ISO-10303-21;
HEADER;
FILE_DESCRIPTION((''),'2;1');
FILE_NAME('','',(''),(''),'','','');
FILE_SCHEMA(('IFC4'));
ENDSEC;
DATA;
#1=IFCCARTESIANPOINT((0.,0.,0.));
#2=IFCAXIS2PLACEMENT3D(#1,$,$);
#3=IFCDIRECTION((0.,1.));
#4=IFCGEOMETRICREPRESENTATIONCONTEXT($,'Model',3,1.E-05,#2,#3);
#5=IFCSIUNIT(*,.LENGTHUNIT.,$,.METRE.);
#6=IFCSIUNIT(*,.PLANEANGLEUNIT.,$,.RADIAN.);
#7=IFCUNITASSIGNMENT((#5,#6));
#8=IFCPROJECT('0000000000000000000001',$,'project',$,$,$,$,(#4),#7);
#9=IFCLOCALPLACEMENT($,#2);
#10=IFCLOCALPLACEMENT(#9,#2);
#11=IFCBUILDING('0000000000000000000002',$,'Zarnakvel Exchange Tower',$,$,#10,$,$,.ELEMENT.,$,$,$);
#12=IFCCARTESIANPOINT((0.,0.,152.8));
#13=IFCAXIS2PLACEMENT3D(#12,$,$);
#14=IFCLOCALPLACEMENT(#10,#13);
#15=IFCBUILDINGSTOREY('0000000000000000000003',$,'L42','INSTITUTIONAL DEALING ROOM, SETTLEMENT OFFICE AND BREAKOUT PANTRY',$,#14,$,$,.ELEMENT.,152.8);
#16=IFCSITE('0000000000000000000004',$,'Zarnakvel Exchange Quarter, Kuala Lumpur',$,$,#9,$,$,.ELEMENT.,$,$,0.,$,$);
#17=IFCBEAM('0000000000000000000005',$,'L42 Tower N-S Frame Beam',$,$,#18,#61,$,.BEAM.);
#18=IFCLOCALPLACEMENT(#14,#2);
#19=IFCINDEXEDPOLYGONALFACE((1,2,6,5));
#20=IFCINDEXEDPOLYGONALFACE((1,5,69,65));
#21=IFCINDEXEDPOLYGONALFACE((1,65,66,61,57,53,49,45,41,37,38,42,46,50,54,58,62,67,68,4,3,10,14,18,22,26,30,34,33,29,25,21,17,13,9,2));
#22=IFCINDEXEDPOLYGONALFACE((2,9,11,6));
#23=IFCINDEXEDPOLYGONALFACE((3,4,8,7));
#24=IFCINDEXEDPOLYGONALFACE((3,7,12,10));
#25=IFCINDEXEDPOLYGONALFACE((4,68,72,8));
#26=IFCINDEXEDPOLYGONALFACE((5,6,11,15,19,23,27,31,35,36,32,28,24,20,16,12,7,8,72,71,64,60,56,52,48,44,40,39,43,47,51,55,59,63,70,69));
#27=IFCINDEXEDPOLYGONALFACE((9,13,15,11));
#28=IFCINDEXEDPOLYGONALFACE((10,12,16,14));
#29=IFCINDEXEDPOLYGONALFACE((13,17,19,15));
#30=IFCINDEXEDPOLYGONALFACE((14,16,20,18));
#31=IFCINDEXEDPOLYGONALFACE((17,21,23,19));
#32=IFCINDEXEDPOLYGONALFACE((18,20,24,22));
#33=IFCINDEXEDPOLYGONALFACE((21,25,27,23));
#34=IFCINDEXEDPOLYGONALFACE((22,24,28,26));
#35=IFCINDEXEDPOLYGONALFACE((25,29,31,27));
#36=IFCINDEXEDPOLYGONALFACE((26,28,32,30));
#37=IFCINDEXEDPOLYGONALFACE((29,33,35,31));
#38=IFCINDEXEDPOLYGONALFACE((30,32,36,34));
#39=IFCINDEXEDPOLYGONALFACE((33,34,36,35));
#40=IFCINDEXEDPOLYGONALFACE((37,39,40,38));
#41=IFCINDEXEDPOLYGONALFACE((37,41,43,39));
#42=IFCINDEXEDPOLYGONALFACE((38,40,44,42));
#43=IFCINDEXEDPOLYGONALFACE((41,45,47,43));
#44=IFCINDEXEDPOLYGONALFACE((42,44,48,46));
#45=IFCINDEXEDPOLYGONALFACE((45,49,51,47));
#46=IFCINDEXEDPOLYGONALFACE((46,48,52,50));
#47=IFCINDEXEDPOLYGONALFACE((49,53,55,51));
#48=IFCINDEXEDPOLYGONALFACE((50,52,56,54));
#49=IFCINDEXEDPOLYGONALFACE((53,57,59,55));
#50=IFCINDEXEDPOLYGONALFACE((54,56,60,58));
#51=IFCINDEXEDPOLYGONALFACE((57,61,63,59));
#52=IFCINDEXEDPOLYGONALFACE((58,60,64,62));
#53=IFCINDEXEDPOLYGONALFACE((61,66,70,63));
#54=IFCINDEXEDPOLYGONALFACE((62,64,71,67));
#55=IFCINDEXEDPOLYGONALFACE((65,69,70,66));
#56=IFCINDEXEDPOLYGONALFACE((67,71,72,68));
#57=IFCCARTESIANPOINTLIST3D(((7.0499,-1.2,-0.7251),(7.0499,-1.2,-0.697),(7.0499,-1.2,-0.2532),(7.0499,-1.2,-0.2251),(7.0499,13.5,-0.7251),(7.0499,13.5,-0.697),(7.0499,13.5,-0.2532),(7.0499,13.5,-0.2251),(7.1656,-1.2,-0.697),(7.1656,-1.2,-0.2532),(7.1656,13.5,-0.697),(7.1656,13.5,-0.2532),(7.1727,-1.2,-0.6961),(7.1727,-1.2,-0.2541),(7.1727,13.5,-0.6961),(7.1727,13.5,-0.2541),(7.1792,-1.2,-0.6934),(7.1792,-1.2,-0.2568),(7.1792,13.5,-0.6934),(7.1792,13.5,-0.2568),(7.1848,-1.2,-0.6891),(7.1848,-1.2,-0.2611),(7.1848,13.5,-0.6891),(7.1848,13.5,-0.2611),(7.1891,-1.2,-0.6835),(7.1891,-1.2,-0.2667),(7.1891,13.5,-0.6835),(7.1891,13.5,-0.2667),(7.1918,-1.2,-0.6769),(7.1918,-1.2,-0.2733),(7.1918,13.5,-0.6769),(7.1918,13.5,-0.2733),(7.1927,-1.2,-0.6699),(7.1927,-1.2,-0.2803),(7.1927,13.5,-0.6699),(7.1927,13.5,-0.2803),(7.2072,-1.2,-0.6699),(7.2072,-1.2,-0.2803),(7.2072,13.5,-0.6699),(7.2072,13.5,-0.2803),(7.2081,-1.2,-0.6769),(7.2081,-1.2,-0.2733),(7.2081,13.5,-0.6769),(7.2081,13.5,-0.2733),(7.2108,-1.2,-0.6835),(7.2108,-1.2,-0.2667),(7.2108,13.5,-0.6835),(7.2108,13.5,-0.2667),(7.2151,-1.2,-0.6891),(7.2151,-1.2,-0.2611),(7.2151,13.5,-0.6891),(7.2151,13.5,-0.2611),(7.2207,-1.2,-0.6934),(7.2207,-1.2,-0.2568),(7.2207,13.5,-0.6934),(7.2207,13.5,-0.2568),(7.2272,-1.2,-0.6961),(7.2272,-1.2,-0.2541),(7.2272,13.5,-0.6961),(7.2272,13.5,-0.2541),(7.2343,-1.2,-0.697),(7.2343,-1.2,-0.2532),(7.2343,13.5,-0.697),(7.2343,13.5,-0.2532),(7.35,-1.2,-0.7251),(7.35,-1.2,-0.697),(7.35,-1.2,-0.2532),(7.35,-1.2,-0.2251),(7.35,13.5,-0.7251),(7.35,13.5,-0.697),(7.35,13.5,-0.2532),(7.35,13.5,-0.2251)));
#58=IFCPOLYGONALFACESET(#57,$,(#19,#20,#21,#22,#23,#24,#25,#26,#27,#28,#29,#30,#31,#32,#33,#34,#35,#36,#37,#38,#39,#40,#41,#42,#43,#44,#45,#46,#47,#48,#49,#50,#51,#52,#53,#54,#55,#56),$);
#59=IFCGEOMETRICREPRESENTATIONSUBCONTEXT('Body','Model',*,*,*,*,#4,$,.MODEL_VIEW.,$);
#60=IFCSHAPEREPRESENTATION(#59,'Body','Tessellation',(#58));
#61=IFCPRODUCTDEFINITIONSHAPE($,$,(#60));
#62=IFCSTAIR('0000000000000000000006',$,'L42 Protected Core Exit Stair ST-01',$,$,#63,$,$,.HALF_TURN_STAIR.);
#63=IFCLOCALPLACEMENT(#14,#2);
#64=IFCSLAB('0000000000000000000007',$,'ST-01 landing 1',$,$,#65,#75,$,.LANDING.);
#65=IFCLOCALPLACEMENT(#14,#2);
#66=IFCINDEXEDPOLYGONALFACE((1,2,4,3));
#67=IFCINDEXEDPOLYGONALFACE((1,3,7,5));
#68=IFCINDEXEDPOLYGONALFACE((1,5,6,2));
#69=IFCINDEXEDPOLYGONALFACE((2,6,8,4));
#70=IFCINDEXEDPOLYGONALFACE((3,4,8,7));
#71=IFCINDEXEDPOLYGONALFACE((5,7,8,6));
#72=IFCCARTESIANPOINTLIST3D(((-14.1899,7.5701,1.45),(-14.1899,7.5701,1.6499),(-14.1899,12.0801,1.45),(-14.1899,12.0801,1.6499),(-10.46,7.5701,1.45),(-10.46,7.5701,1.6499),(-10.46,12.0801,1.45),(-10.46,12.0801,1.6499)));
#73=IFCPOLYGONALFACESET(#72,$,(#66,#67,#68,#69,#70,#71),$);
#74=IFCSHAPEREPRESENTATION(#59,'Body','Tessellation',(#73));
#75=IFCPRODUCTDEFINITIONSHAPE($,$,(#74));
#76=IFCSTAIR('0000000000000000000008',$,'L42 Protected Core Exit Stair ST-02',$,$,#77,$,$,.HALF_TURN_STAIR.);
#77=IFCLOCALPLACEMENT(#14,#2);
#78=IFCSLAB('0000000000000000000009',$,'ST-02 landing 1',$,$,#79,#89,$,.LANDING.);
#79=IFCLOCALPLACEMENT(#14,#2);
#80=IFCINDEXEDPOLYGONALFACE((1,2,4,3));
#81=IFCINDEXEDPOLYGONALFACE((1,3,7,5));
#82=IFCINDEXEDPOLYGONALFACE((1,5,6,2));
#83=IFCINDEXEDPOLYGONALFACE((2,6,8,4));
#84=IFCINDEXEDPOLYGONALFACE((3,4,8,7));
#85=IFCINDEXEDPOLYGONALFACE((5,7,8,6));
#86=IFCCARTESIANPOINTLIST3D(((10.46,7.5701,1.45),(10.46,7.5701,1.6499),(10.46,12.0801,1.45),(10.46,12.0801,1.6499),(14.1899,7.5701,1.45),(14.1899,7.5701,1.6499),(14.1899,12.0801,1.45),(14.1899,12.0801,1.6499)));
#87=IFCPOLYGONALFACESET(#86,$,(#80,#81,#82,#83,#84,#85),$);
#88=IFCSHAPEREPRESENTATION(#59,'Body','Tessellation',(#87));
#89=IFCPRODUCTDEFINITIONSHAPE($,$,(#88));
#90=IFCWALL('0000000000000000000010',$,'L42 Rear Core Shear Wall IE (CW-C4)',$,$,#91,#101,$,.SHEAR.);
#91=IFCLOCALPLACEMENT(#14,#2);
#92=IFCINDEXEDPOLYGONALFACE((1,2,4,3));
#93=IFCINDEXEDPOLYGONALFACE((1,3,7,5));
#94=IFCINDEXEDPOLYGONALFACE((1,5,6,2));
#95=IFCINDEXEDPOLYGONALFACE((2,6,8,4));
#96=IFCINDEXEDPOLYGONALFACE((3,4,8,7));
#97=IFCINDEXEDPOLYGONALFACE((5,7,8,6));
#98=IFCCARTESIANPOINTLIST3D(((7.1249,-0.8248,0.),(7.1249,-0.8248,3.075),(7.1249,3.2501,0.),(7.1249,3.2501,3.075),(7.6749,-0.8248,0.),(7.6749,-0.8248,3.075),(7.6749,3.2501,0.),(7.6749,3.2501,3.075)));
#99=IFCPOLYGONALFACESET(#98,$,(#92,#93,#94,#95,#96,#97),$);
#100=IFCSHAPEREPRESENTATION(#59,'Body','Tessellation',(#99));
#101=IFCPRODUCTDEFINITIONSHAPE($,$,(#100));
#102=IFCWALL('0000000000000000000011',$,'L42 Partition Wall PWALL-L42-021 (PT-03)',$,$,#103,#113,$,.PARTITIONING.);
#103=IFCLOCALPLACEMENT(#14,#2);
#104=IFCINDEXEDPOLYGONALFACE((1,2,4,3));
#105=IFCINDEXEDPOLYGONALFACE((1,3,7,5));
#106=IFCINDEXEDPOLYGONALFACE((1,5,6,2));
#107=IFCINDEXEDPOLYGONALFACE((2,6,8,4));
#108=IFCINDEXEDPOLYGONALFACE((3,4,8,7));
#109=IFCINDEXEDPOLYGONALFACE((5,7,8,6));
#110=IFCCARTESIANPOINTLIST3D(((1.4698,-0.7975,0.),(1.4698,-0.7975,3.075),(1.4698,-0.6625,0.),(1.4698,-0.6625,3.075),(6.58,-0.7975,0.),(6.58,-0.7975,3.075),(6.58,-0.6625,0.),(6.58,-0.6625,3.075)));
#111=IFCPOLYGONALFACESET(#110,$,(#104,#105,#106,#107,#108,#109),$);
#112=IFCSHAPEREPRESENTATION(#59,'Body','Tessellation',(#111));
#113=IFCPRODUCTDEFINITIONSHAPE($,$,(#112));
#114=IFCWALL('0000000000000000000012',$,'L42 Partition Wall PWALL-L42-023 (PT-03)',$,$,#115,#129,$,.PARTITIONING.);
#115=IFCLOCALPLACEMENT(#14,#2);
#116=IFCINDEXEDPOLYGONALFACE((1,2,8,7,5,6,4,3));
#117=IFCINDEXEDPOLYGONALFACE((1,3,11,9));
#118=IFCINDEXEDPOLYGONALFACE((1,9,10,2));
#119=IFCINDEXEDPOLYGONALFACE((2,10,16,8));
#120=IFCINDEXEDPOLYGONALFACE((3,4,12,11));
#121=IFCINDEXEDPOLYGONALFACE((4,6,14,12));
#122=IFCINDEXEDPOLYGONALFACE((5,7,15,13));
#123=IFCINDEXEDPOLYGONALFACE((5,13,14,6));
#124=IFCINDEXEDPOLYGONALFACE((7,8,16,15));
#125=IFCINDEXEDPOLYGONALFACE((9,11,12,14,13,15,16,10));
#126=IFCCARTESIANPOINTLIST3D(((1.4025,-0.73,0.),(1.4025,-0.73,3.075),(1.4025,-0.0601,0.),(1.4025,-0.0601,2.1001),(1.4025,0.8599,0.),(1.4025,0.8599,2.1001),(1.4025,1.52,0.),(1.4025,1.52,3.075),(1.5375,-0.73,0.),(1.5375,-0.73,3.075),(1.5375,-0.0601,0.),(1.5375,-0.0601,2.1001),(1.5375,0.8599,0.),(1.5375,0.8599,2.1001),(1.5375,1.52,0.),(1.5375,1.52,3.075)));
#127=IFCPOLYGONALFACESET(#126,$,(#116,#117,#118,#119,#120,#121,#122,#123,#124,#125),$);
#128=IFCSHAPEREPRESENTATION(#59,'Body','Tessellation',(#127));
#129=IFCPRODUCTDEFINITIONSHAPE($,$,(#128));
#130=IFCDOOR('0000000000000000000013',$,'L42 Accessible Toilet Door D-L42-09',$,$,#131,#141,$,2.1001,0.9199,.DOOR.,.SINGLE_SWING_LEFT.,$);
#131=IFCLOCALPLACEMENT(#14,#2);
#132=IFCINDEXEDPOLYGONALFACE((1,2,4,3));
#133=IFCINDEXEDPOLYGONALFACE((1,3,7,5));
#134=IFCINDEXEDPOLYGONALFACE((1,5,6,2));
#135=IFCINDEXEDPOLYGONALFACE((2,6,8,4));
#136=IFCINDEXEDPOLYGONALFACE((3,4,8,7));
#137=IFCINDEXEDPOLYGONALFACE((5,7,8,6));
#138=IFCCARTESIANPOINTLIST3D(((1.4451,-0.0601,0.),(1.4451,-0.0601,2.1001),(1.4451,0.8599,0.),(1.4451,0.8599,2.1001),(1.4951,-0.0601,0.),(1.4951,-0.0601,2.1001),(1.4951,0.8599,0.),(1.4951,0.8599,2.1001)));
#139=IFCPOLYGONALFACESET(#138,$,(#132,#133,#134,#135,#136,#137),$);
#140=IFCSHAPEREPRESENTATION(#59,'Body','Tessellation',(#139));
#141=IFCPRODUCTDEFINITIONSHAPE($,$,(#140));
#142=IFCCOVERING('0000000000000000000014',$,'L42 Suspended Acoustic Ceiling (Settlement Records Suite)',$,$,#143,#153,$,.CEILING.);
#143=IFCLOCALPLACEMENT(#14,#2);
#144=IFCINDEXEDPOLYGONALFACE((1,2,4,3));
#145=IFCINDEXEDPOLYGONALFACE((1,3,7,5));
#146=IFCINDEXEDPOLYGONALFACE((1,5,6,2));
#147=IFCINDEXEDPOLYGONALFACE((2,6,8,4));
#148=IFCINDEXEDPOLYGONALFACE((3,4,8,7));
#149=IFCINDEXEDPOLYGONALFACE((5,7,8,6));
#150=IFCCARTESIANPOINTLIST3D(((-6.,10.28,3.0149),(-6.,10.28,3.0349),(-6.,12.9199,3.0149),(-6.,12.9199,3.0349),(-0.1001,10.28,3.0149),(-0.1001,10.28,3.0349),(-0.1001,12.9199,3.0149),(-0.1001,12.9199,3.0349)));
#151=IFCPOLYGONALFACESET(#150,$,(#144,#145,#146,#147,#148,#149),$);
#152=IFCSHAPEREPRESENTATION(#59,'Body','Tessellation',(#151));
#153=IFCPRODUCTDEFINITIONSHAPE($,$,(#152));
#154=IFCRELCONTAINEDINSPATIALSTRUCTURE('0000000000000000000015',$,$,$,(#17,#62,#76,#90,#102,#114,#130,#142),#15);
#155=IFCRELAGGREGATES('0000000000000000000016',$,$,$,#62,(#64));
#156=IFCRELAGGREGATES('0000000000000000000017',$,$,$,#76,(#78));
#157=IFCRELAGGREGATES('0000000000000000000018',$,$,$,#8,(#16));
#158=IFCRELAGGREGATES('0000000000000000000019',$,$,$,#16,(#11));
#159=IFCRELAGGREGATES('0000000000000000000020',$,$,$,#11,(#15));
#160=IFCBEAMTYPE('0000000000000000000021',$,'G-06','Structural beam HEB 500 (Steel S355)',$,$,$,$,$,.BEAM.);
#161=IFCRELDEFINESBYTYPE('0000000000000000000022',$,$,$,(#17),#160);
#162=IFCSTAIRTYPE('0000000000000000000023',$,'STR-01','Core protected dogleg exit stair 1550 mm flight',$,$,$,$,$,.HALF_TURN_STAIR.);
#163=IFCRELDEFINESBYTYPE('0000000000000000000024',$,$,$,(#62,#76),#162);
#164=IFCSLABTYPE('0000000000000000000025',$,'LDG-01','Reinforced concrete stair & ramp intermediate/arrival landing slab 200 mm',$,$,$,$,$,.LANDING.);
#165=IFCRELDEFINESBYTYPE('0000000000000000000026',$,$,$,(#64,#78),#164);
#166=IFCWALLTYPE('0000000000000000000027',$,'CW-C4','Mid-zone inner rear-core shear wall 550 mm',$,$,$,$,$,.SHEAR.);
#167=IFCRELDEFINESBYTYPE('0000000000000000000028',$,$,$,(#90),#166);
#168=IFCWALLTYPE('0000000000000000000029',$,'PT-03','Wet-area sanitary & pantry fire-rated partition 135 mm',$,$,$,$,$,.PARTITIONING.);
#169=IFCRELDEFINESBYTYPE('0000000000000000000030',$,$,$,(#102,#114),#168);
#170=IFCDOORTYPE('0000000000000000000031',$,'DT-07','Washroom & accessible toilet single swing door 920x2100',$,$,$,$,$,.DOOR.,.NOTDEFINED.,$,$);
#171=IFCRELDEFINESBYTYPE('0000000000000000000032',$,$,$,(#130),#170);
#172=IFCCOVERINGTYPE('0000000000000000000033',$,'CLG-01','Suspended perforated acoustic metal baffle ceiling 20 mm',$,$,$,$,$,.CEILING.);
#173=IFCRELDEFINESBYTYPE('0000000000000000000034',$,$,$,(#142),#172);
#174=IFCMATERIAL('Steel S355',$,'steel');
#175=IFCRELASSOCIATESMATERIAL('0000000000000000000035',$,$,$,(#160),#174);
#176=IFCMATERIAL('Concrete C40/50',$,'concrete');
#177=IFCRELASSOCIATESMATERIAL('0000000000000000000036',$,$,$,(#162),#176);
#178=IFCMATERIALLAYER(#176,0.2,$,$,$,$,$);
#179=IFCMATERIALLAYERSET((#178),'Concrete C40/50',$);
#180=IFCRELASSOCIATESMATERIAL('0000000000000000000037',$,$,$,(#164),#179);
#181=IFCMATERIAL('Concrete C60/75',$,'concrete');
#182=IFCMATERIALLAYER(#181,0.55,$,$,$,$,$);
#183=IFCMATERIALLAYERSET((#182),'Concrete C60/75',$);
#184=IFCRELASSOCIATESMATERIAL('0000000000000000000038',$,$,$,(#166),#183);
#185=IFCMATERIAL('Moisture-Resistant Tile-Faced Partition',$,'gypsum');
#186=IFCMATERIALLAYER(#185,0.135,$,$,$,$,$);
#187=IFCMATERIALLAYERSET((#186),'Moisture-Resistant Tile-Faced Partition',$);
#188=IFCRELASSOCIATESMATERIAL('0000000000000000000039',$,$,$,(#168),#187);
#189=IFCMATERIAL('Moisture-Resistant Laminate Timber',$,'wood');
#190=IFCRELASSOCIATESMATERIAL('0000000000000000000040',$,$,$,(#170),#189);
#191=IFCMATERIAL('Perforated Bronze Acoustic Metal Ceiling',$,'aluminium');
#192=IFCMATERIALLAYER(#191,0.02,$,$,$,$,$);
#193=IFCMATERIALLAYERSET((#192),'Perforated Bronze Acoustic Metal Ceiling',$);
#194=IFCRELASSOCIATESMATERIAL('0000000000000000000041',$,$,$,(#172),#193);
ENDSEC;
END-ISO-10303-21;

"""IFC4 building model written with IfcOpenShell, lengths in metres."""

from ifc_helpers import new_model, si_unit, direction, frame, frame_2d, origin, origin_2d, place, context, subcontext, project, spatial, polyline, rectangle, i_section, outline, extrude, source, transform, mapped, material, layer, layer_set, material_profile, profile_set, type_object, element, fill, aggregate, save


model = new_model("IFC4")

# Units and contexts
model_context = context("Model", 3, precision=1e-05, world=origin(), true_north=direction((0.0, 1.0)))
body_context = subcontext(model_context, "Body", "Model", "MODEL_VIEW")
ifc_project = project(units=[si_unit("LENGTHUNIT", "METRE"), si_unit("PLANEANGLEUNIT", "RADIAN")], contexts=[model_context])

# Site, building, storey
site_placement = place(None, origin())
site = spatial("IfcSite", under=ifc_project, at=site_placement, Name="Zarnakvel Exchange Quarter, Kuala Lumpur", CompositionType="ELEMENT", RefElevation=0.0)
building_placement = place(site_placement, origin())
building = spatial("IfcBuilding", under=site, at=building_placement, Name="Zarnakvel Exchange Tower", CompositionType="ELEMENT")
storey_placement = place(building_placement, frame((0.0, 0.0, 152.8)))
storey = spatial("IfcBuildingStorey", under=building, at=storey_placement, Name="L42", Description="INSTITUTIONAL DEALING ROOM, SETTLEMENT OFFICE AND BREAKOUT PANTRY", CompositionType="ELEMENT", Elevation=152.8)

# Shared definitions
ifc_material_1 = material(Name="Concrete C60/75", Category="concrete")

# Beam
ifc_material_2 = material(Name="Steel S355", Category="steel")
ifc_material_profile_1 = material_profile(ifc_material_2, i_section(OverallWidth=0.3, OverallDepth=0.5, WebThickness=0.0144, FlangeThickness=0.0281, FilletRadius=0.0271, at=origin_2d()))
ifc_profile_set_1 = profile_set([ifc_material_profile_1], Name="Steel S355")
beam_type_1 = type_object("IfcBeamType", Name="G-06", Description="Structural beam HEB 500 (Steel S355)", PredefinedType="BEAM", material=ifc_profile_set_1)
beam_1_placement = place(storey_placement, frame((7.2, -1.2, -0.4751), z_axis=(0.0, 1.0, 0.0), x_axis=(-1.0, 0.0, 0.0)))
element("IfcBeam", 1, at=beam_1_placement, inside=storey, type_object=beam_type_1, Name="L42 Tower N-S Frame Beam", PredefinedType="BEAM", context=body_context, shape_type="SweptSolid", body=[
    extrude(i_section(OverallWidth=0.3, OverallDepth=0.5, WebThickness=0.0144, FlangeThickness=0.0281, FilletRadius=0.0271, at=origin_2d()), origin(), (0.0, 0.0, 1.0), 14.7),
])

# Stairs, slabs
ifc_material_3 = material(Name="Concrete C40/50", Category="concrete")
stair_type = type_object("IfcStairType", Name="STR-01", Description="Core protected dogleg exit stair 1550 mm flight", PredefinedType="HALF_TURN_STAIR", material=ifc_material_3)
stair_1_placement = place(storey_placement, origin())
stair_1 = element("IfcStair", 2, at=stair_1_placement, inside=storey, type_object=stair_type, Name="L42 Protected Core Exit Stair ST-01", PredefinedType="HALF_TURN_STAIR")
ifc_layer_1 = layer(ifc_material_3, 0.2)
ifc_layer_set_1 = layer_set([ifc_layer_1], Name="Concrete C40/50")
slab_type = type_object("IfcSlabType", Name="LDG-01", Description="Reinforced concrete stair & ramp intermediate/arrival landing slab 200 mm", PredefinedType="LANDING", material=ifc_layer_set_1)
slab_1_placement = place(storey_placement, frame((0.0, 0.0, 1.45)))
slab_1 = element("IfcSlab", 3, at=slab_1_placement, type_object=slab_type, Name="ST-01 landing 1", PredefinedType="LANDING", context=body_context, shape_type="SweptSolid", body=[
    extrude(outline(polyline([(-14.1899, 7.5701), (-10.46, 7.5701), (-10.46, 12.0801), (-14.1899, 12.0801), (-14.1899, 7.5701)])), origin(), (0.0, 0.0, 1.0), 0.2),
])
aggregate(stair_1, [slab_1])
stair_2_placement = place(storey_placement, origin())
stair_2 = element("IfcStair", 4, at=stair_2_placement, inside=storey, type_object=stair_type, Name="L42 Protected Core Exit Stair ST-02", PredefinedType="HALF_TURN_STAIR")
slab_2_placement = place(storey_placement, frame((0.0, 0.0, 1.45)))
slab_2 = element("IfcSlab", 5, at=slab_2_placement, type_object=slab_type, Name="ST-02 landing 1", PredefinedType="LANDING", context=body_context, shape_type="SweptSolid", body=[
    extrude(outline(polyline([(10.46, 7.5701), (14.1899, 7.5701), (14.1899, 12.0801), (10.46, 12.0801), (10.46, 7.5701)])), origin(), (0.0, 0.0, 1.0), 0.2),
])
aggregate(stair_2, [slab_2])

# Walls
ifc_layer_2 = layer(ifc_material_1, 0.55)
ifc_layer_set_2 = layer_set([ifc_layer_2], Name="Concrete C60/75")
wall_type_1 = type_object("IfcWallType", Name="CW-C4", Description="Mid-zone inner rear-core shear wall 550 mm", PredefinedType="SHEAR", material=ifc_layer_set_2)
wall_1_placement = place(storey_placement, frame((7.3999, -0.825, 0.0), z_axis=(0.0, 0.0, 1.0), x_axis=(0.0, 1.0, 0.0)))
element("IfcWall", 6, at=wall_1_placement, inside=storey, type_object=wall_type_1, Name="L42 Rear Core Shear Wall IE (CW-C4)", PredefinedType="SHEAR", context=body_context, shape_type="SweptSolid", body=[
    extrude(rectangle(XDim=4.075, YDim=0.55, at=frame_2d((2.0376, 0.0))), origin(), (0.0, 0.0, 1.0), 3.075),
])
ifc_material_4 = material(Name="Moisture-Resistant Tile-Faced Partition", Category="gypsum")
ifc_layer_3 = layer(ifc_material_4, 0.135)
ifc_layer_set_3 = layer_set([ifc_layer_3], Name="Moisture-Resistant Tile-Faced Partition")
wall_type_2 = type_object("IfcWallType", Name="PT-03", Description="Wet-area sanitary & pantry fire-rated partition 135 mm", PredefinedType="PARTITIONING", material=ifc_layer_set_3)
wall_2_placement = place(storey_placement, frame((6.5801, -0.73, 0.0), z_axis=(0.0, 0.0, 1.0), x_axis=(-1.0, 0.0, 0.0)))
element("IfcWall", 7, at=wall_2_placement, inside=storey, type_object=wall_type_2, Name="L42 Partition Wall PWALL-L42-021 (PT-03)", PredefinedType="PARTITIONING", context=body_context, shape_type="SweptSolid", body=[
    extrude(rectangle(XDim=5.1101, YDim=0.135, at=frame_2d((2.5552, 0.0))), origin(), (0.0, 0.0, 1.0), 3.075),
])

# Wall, opening, door
wall_3_placement = place(storey_placement, frame((1.47, -0.73, 0.0), z_axis=(0.0, 0.0, 1.0), x_axis=(0.0, 1.0, 0.0)))
wall_3 = element("IfcWall", 8, at=wall_3_placement, inside=storey, type_object=wall_type_2, Name="L42 Partition Wall PWALL-L42-023 (PT-03)", PredefinedType="PARTITIONING", context=body_context, shape_type="SweptSolid", body=[
    extrude(rectangle(XDim=2.25, YDim=0.135, at=frame_2d((1.125, 0.0))), origin(), (0.0, 0.0, 1.0), 3.075),
])
opening_placement = place(wall_3_placement, frame((0.6699, 0.0, 0.0)))
opening = element("IfcOpeningElement", 9, at=opening_placement, cuts=wall_3, PredefinedType="OPENING", context=body_context, shape_type="SweptSolid", body=[
    extrude(rectangle(XDim=0.9199, YDim=2.1001, at=frame_2d((0.46, 1.05))), frame((0.0, 0.0774, 0.0), z_axis=(0.0, -1.0, 0.0), x_axis=(1.0, 0.0, 0.0)), (0.0, 0.0, 1.0), 0.155),
])
ifc_material_5 = material(Name="Moisture-Resistant Laminate Timber", Category="wood")
door_type = type_object("IfcDoorType", Name="DT-07", Description="Washroom & accessible toilet single swing door 920x2100", OperationType="NOTDEFINED", PredefinedType="DOOR", material=ifc_material_5)
shared_shape = source(origin(), body_context, "Body", "SweptSolid", [
    extrude(rectangle(XDim=0.9199, YDim=2.1001, at=frame_2d((0.46, 1.05))), frame((0.0, 0.0249, 0.0), z_axis=(0.0, -1.0, 0.0), x_axis=(1.0, 0.0, 0.0)), (0.0, 0.0, 1.0), 0.05),
])
door_placement = place(opening_placement, origin())
door = element("IfcDoor", 10, at=door_placement, inside=storey, type_object=door_type, Name="L42 Accessible Toilet Door D-L42-09", OperationType="SINGLE_SWING_LEFT", OverallHeight=2.1001, OverallWidth=0.9199, PredefinedType="DOOR", context=body_context, shape_type="MappedRepresentation", body=[
    mapped(shared_shape, transform((0.0, 0.0, 0.0), x_axis=(1.0, 0.0, 0.0), y_axis=(0.0, 1.0, 0.0), z_axis=(0.0, 0.0, 1.0), scale=1.0)),
])
fill(opening, door)

# Covering
ifc_material_6 = material(Name="Perforated Bronze Acoustic Metal Ceiling", Category="aluminium")
ifc_layer_4 = layer(ifc_material_6, 0.02)
ifc_layer_set_4 = layer_set([ifc_layer_4], Name="Perforated Bronze Acoustic Metal Ceiling")
covering_type_1 = type_object("IfcCoveringType", Name="CLG-01", Description="Suspended perforated acoustic metal baffle ceiling 20 mm", PredefinedType="CEILING", material=ifc_layer_set_4)
covering_1_placement = place(storey_placement, frame((0.0, 0.0, 3.0149)))
element("IfcCovering", 11, at=covering_1_placement, inside=storey, type_object=covering_type_1, Name="L42 Suspended Acoustic Ceiling (Settlement Records Suite)", PredefinedType="CEILING", context=body_context, shape_type="SweptSolid", body=[
    extrude(outline(polyline([(-6.0, 12.9199), (-0.1001, 12.9199), (-0.1001, 10.28), (-6.0, 10.28), (-6.0, 12.9199)])), origin(), (0.0, 0.0, 1.0), 0.02),
])

save(model, "model.ifc")
